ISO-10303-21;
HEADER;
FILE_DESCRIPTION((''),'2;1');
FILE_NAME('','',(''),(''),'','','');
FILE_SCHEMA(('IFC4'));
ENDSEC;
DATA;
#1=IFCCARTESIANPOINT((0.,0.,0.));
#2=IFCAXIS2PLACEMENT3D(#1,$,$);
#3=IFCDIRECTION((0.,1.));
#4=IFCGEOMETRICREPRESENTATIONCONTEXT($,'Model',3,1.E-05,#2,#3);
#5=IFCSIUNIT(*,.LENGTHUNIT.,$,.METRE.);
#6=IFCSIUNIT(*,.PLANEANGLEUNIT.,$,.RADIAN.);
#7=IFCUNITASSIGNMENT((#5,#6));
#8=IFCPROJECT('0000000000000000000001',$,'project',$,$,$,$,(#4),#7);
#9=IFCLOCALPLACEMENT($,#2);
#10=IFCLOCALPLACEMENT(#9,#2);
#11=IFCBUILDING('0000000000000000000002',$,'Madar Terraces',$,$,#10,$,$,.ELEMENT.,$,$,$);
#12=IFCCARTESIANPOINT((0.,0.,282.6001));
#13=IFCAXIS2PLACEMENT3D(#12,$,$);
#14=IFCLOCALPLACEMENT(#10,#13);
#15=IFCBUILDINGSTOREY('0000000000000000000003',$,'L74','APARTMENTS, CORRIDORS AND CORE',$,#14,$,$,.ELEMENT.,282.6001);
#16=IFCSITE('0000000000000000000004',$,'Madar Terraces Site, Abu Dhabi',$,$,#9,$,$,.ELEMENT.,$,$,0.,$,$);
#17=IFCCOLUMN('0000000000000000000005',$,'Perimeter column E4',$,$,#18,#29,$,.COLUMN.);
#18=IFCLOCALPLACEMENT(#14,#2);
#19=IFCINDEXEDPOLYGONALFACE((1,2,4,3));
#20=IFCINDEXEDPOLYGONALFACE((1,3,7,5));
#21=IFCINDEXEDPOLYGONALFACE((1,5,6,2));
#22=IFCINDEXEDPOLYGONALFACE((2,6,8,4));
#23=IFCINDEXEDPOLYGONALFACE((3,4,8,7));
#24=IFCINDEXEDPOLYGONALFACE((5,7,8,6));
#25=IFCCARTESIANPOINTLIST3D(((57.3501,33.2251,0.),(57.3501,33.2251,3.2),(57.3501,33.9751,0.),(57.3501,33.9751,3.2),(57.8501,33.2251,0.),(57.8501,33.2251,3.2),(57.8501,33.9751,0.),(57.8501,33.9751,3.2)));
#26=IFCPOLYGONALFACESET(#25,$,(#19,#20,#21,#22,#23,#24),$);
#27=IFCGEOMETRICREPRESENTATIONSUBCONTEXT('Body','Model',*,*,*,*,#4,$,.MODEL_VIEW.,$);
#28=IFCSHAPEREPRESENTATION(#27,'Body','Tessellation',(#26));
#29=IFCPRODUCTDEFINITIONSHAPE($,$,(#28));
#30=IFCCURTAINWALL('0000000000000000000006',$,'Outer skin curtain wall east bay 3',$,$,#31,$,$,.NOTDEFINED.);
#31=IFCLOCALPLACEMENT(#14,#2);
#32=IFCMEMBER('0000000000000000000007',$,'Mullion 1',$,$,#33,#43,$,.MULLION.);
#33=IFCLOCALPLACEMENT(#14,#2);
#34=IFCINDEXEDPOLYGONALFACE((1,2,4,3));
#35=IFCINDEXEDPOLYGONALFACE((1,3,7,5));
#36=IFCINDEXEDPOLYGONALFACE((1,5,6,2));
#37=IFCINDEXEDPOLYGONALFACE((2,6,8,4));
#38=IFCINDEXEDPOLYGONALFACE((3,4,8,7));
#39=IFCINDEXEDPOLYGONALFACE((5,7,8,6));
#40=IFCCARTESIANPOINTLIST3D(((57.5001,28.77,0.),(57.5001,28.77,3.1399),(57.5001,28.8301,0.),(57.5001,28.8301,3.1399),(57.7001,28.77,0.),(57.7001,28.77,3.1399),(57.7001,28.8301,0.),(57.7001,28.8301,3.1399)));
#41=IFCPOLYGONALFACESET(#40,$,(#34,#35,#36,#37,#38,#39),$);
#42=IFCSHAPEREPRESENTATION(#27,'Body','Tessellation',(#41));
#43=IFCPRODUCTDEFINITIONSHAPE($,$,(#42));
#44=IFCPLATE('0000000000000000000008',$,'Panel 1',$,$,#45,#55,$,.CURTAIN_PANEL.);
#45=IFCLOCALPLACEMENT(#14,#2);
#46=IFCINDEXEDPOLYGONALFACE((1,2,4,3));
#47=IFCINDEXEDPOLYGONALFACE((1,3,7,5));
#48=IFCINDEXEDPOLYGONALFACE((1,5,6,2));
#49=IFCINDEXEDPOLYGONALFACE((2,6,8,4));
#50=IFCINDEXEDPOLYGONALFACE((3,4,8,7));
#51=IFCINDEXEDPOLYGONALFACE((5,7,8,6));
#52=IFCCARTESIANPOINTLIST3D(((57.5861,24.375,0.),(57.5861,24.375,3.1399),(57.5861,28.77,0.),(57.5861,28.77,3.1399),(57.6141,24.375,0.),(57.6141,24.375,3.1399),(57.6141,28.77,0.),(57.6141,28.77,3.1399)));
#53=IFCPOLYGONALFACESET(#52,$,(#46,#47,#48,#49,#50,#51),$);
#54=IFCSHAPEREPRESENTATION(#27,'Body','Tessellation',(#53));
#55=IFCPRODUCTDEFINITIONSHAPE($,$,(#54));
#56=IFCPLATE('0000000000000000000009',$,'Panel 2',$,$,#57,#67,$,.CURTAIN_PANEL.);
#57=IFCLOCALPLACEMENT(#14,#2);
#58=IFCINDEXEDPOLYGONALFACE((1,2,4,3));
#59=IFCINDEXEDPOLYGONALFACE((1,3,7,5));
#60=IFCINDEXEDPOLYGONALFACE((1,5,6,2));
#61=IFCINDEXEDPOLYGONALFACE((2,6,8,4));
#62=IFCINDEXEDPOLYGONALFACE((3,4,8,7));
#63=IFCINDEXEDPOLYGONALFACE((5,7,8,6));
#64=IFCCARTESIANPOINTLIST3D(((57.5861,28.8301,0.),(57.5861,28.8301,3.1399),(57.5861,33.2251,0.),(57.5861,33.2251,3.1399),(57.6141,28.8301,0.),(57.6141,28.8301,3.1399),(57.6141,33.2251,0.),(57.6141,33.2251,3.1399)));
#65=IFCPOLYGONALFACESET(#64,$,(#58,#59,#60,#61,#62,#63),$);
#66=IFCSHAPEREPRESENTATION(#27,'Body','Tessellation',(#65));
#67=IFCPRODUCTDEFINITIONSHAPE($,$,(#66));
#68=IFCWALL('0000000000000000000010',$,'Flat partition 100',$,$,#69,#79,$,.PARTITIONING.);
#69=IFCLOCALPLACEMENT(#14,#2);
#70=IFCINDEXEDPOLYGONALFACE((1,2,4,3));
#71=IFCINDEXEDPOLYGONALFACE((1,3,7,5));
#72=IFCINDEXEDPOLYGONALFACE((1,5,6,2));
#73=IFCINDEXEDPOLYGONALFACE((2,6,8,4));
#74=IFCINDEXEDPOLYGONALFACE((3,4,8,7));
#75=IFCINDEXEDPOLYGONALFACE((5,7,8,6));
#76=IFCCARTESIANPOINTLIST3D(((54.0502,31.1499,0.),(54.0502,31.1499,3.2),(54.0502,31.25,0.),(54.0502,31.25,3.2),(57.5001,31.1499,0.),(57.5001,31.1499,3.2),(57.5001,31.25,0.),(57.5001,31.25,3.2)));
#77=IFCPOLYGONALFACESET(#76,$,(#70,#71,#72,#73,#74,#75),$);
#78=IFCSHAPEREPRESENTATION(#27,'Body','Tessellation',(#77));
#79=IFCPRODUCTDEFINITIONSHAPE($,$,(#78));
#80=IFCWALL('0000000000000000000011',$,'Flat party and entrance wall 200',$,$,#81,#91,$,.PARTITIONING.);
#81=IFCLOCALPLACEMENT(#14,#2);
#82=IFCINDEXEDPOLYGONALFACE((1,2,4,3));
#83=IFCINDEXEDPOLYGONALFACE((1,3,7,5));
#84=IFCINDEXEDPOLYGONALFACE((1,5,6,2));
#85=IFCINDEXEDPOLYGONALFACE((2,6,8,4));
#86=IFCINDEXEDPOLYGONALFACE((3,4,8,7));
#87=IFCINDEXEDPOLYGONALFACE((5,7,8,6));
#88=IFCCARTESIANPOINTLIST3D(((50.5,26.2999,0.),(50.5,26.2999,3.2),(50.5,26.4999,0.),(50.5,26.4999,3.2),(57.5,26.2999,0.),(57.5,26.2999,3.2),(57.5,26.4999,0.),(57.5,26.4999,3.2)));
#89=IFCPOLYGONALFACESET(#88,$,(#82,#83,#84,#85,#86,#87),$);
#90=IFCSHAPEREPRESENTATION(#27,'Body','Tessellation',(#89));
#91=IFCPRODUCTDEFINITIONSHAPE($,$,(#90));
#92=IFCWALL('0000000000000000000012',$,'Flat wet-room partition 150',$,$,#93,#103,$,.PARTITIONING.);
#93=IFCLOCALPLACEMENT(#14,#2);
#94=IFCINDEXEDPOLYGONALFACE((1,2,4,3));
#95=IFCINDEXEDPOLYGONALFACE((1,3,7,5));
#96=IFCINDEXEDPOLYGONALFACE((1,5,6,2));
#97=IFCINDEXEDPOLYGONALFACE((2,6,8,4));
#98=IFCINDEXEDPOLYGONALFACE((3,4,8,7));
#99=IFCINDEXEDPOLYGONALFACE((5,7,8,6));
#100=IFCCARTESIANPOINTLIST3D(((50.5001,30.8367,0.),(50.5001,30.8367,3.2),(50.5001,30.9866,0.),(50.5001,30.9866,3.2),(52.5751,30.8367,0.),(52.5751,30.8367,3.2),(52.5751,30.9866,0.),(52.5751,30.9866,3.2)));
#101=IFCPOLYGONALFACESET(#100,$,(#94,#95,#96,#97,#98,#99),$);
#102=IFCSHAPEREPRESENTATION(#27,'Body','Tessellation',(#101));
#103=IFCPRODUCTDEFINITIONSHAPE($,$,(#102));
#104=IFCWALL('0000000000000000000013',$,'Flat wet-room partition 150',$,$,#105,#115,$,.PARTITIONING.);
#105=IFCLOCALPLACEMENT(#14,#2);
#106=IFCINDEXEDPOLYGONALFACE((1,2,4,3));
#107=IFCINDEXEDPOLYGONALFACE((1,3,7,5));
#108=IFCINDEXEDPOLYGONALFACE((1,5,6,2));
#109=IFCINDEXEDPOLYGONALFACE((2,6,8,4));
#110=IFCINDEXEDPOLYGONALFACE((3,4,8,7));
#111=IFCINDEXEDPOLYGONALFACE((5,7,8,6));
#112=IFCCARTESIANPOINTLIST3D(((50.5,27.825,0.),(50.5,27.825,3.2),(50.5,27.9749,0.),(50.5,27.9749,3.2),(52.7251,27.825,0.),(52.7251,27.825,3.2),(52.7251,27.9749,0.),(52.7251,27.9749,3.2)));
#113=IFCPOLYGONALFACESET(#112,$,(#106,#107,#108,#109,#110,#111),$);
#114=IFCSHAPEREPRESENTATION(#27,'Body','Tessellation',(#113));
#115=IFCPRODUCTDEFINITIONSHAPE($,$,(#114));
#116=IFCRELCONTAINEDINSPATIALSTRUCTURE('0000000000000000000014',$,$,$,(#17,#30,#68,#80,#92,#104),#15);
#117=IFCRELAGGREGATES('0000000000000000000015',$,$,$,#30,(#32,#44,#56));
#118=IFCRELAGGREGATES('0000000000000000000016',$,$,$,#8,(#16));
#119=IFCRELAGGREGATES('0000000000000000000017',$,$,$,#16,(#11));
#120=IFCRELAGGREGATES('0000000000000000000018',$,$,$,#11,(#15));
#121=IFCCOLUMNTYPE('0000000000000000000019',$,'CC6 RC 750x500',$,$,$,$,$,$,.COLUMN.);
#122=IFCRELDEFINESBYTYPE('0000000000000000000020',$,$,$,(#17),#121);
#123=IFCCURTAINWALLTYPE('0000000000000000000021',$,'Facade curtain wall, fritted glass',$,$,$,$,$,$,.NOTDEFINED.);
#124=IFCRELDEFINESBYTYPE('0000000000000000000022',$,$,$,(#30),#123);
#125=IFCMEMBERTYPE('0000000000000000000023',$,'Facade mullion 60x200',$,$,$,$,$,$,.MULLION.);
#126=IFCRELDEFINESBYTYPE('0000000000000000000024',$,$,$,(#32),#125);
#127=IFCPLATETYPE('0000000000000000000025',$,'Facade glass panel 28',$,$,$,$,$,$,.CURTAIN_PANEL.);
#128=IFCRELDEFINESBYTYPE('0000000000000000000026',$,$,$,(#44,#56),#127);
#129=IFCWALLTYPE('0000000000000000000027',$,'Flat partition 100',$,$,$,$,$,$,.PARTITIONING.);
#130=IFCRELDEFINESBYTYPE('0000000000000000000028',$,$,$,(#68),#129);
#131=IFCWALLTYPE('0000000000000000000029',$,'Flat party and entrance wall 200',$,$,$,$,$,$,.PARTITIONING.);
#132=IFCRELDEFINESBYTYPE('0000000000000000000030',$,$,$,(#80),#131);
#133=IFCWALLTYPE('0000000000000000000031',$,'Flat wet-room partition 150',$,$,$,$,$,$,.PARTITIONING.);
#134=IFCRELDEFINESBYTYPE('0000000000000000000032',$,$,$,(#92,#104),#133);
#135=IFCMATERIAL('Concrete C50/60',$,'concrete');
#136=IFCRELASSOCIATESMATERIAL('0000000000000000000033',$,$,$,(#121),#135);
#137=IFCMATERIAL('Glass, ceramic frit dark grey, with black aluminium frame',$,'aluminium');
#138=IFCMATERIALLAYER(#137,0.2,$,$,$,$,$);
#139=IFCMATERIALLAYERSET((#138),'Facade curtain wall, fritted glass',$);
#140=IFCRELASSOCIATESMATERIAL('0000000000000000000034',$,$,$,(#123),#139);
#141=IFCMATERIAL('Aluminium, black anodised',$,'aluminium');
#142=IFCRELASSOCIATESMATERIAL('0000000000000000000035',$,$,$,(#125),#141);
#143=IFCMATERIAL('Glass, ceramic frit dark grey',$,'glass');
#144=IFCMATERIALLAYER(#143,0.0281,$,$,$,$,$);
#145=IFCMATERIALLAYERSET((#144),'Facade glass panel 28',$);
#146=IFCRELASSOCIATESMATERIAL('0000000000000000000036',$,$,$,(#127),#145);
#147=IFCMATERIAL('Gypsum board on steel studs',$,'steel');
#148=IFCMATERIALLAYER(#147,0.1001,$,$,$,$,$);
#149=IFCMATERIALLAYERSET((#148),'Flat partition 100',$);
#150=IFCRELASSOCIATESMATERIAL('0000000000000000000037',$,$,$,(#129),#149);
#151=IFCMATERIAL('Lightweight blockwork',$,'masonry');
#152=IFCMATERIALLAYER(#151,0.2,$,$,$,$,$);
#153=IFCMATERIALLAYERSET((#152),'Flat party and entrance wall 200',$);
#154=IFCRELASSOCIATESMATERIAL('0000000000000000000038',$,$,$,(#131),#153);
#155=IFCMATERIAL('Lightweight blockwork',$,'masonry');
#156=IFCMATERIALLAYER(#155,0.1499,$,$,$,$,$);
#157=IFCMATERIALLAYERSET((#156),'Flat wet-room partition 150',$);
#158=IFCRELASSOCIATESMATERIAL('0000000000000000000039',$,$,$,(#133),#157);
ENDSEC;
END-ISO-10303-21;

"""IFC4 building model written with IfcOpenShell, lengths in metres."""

from ifc_helpers import new_model, si_unit, direction, frame, frame_2d, origin, origin_2d, place, context, subcontext, project, spatial, rectangle, extrude, material, layer, layer_set, material_profile, profile_set, type_object, element, aggregate, save


model = new_model("IFC4")

# Units and contexts
model_context = context("Model", 3, precision=1e-05, world=origin(), true_north=direction((0.0, 1.0)))
body_context = subcontext(model_context, "Body", "Model", "MODEL_VIEW")
ifc_project = project(units=[si_unit("LENGTHUNIT", "METRE"), si_unit("PLANEANGLEUNIT", "RADIAN")], contexts=[model_context])

# Site, building, storey
site_placement = place(None, origin())
site = spatial("IfcSite", under=ifc_project, at=site_placement, Name="Madar Terraces Site, Abu Dhabi", CompositionType="ELEMENT", RefElevation=0.0)
building_placement = place(site_placement, origin())
building = spatial("IfcBuilding", under=site, at=building_placement, Name="Madar Terraces", CompositionType="ELEMENT")
storey_placement = place(building_placement, frame((0.0, 0.0, 282.6001)))
storey = spatial("IfcBuildingStorey", under=building, at=storey_placement, Name="L74", Description="APARTMENTS, CORRIDORS AND CORE", CompositionType="ELEMENT", Elevation=282.6001)

# Column
ifc_material_1 = material(Name="Concrete C50/60", Category="concrete")
ifc_material_profile_1 = material_profile(ifc_material_1, rectangle(XDim=0.75, YDim=0.5, at=origin_2d()), Name="CC6 RC 750x500")
ifc_profile_set_1 = profile_set([ifc_material_profile_1], Name="Concrete C50/60")
column_type = type_object("IfcColumnType", Name="CC6 RC 750x500", PredefinedType="COLUMN", material=ifc_profile_set_1)
column_placement = place(storey_placement, frame((57.6001, 33.6001, 0.0), z_axis=(0.0, 0.0, 1.0), x_axis=(0.0, 1.0, 0.0)))
element("IfcColumn", 1, at=column_placement, inside=storey, type_object=column_type, Name="Perimeter column E4", PredefinedType="COLUMN", context=body_context, shape_type="SweptSolid", body=[
    extrude(rectangle(XDim=0.75, YDim=0.5, at=origin_2d()), origin(), (0.0, 0.0, 1.0), 3.2),
])

# Curtain wall, member, plates
ifc_material_2 = material(Name="Glass, ceramic frit dark grey, with black aluminium frame", Category="aluminium")
ifc_layer_1 = layer(ifc_material_2, 0.2)
ifc_layer_set_1 = layer_set([ifc_layer_1], Name="Facade curtain wall, fritted glass")
curtain_wall_type = type_object("IfcCurtainWallType", Name="Facade curtain wall, fritted glass", PredefinedType="NOTDEFINED", material=ifc_layer_set_1)
curtain_wall_placement = place(storey_placement, origin())
curtain_wall = element("IfcCurtainWall", 2, at=curtain_wall_placement, inside=storey, type_object=curtain_wall_type, Name="Outer skin curtain wall east bay 3", PredefinedType="NOTDEFINED")
ifc_material_3 = material(Name="Aluminium, black anodised", Category="aluminium")
ifc_material_profile_2 = material_profile(ifc_material_3, rectangle(XDim=0.2, YDim=0.0601, at=origin_2d()), Name="Facade mullion 60x200")
ifc_profile_set_2 = profile_set([ifc_material_profile_2], Name="Aluminium, black anodised")
member_type = type_object("IfcMemberType", Name="Facade mullion 60x200", PredefinedType="MULLION", material=ifc_profile_set_2)
member_placement = place(storey_placement, frame((57.6001, 28.8, 0.0), z_axis=(0.0, 0.0, 1.0), x_axis=(-1.0, 0.0, 0.0)))
member = element("IfcMember", 3, at=member_placement, type_object=member_type, Name="Mullion 1", PredefinedType="MULLION", context=body_context, shape_type="SweptSolid", body=[
    extrude(rectangle(XDim=0.2, YDim=0.0601, at=origin_2d()), origin(), (0.0, 0.0, 1.0), 3.1399),
])
ifc_material_4 = material(Name="Glass, ceramic frit dark grey", Category="glass")
ifc_layer_2 = layer(ifc_material_4, 0.0281)
ifc_layer_set_2 = layer_set([ifc_layer_2], Name="Facade glass panel 28")
plate_type = type_object("IfcPlateType", Name="Facade glass panel 28", PredefinedType="CURTAIN_PANEL", material=ifc_layer_set_2)
plate_1_placement = place(storey_placement, frame((57.6001, 26.5725, 0.0), z_axis=(0.0, 0.0, 1.0), x_axis=(0.0, 1.0, 0.0)))
plate_1 = element("IfcPlate", 4, at=plate_1_placement, type_object=plate_type, Name="Panel 1", PredefinedType="CURTAIN_PANEL", context=body_context, shape_type="SweptSolid", body=[
    extrude(rectangle(XDim=4.395, YDim=0.0281, at=origin_2d()), origin(), (0.0, 0.0, 1.0), 3.1399),
])
plate_2_placement = place(storey_placement, frame((57.6001, 31.0276, 0.0), z_axis=(0.0, 0.0, 1.0), x_axis=(0.0, 1.0, 0.0)))
plate_2 = element("IfcPlate", 5, at=plate_2_placement, type_object=plate_type, Name="Panel 2", PredefinedType="CURTAIN_PANEL", context=body_context, shape_type="SweptSolid", body=[
    extrude(rectangle(XDim=4.395, YDim=0.0281, at=origin_2d()), origin(), (0.0, 0.0, 1.0), 3.1399),
])
aggregate(curtain_wall, [member, plate_1, plate_2])

# Walls
ifc_material_5 = material(Name="Gypsum board on steel studs", Category="steel")
ifc_layer_3 = layer(ifc_material_5, 0.1001)
ifc_layer_set_3 = layer_set([ifc_layer_3], Name="Flat partition 100")
wall_type_1 = type_object("IfcWallType", Name="Flat partition 100", PredefinedType="PARTITIONING", material=ifc_layer_set_3)
wall_1_placement = place(storey_placement, frame((54.05, 31.2, 0.0), z_axis=(0.0, 0.0, 1.0), x_axis=(1.0, 0.0, 0.0)))
element("IfcWall", 6, at=wall_1_placement, inside=storey, type_object=wall_type_1, Name="Flat partition 100", PredefinedType="PARTITIONING", context=body_context, shape_type="SweptSolid", body=[
    extrude(rectangle(XDim=3.45, YDim=0.1001, at=frame_2d((1.7251, 0.0))), origin(), (0.0, 0.0, 1.0), 3.2),
])
ifc_material_6 = material(Name="Lightweight blockwork", Category="masonry")
ifc_layer_4 = layer(ifc_material_6, 0.2)
ifc_layer_set_4 = layer_set([ifc_layer_4], Name="Flat party and entrance wall 200")
wall_type_2 = type_object("IfcWallType", Name="Flat party and entrance wall 200", PredefinedType="PARTITIONING", material=ifc_layer_set_4)
wall_2_placement = place(storey_placement, frame((50.5, 26.3999, 0.0), z_axis=(0.0, 0.0, 1.0), x_axis=(1.0, 0.0, 0.0)))
element("IfcWall", 7, at=wall_2_placement, inside=storey, type_object=wall_type_2, Name="Flat party and entrance wall 200", PredefinedType="PARTITIONING", context=body_context, shape_type="SweptSolid", body=[
    extrude(rectangle(XDim=7.0, YDim=0.2, at=frame_2d((3.5, 0.0))), origin(), (0.0, 0.0, 1.0), 3.2),
])
ifc_material_7 = material(Name="Lightweight blockwork", Category="masonry")
ifc_layer_5 = layer(ifc_material_7, 0.1499)
ifc_layer_set_5 = layer_set([ifc_layer_5], Name="Flat wet-room partition 150")
wall_type_3 = type_object("IfcWallType", Name="Flat wet-room partition 150", PredefinedType="PARTITIONING", material=ifc_layer_set_5)
wall_3_placement = place(storey_placement, frame((50.5, 30.9116, 0.0), z_axis=(0.0, 0.0, 1.0), x_axis=(1.0, 0.0, 0.0)))
element("IfcWall", 8, at=wall_3_placement, inside=storey, type_object=wall_type_3, Name="Flat wet-room partition 150", PredefinedType="PARTITIONING", context=body_context, shape_type="SweptSolid", body=[
    extrude(rectangle(XDim=2.075, YDim=0.1499, at=frame_2d((1.0376, 0.0))), origin(), (0.0, 0.0, 1.0), 3.2),
])
wall_4_placement = place(storey_placement, frame((50.5, 27.8999, 0.0), z_axis=(0.0, 0.0, 1.0), x_axis=(1.0, 0.0, 0.0)))
element("IfcWall", 9, at=wall_4_placement, inside=storey, type_object=wall_type_3, Name="Flat wet-room partition 150", PredefinedType="PARTITIONING", context=body_context, shape_type="SweptSolid", body=[
    extrude(rectangle(XDim=2.2251, YDim=0.1499, at=frame_2d((1.1125, 0.0))), origin(), (0.0, 0.0, 1.0), 3.2),
])

save(model, "model.ifc")
